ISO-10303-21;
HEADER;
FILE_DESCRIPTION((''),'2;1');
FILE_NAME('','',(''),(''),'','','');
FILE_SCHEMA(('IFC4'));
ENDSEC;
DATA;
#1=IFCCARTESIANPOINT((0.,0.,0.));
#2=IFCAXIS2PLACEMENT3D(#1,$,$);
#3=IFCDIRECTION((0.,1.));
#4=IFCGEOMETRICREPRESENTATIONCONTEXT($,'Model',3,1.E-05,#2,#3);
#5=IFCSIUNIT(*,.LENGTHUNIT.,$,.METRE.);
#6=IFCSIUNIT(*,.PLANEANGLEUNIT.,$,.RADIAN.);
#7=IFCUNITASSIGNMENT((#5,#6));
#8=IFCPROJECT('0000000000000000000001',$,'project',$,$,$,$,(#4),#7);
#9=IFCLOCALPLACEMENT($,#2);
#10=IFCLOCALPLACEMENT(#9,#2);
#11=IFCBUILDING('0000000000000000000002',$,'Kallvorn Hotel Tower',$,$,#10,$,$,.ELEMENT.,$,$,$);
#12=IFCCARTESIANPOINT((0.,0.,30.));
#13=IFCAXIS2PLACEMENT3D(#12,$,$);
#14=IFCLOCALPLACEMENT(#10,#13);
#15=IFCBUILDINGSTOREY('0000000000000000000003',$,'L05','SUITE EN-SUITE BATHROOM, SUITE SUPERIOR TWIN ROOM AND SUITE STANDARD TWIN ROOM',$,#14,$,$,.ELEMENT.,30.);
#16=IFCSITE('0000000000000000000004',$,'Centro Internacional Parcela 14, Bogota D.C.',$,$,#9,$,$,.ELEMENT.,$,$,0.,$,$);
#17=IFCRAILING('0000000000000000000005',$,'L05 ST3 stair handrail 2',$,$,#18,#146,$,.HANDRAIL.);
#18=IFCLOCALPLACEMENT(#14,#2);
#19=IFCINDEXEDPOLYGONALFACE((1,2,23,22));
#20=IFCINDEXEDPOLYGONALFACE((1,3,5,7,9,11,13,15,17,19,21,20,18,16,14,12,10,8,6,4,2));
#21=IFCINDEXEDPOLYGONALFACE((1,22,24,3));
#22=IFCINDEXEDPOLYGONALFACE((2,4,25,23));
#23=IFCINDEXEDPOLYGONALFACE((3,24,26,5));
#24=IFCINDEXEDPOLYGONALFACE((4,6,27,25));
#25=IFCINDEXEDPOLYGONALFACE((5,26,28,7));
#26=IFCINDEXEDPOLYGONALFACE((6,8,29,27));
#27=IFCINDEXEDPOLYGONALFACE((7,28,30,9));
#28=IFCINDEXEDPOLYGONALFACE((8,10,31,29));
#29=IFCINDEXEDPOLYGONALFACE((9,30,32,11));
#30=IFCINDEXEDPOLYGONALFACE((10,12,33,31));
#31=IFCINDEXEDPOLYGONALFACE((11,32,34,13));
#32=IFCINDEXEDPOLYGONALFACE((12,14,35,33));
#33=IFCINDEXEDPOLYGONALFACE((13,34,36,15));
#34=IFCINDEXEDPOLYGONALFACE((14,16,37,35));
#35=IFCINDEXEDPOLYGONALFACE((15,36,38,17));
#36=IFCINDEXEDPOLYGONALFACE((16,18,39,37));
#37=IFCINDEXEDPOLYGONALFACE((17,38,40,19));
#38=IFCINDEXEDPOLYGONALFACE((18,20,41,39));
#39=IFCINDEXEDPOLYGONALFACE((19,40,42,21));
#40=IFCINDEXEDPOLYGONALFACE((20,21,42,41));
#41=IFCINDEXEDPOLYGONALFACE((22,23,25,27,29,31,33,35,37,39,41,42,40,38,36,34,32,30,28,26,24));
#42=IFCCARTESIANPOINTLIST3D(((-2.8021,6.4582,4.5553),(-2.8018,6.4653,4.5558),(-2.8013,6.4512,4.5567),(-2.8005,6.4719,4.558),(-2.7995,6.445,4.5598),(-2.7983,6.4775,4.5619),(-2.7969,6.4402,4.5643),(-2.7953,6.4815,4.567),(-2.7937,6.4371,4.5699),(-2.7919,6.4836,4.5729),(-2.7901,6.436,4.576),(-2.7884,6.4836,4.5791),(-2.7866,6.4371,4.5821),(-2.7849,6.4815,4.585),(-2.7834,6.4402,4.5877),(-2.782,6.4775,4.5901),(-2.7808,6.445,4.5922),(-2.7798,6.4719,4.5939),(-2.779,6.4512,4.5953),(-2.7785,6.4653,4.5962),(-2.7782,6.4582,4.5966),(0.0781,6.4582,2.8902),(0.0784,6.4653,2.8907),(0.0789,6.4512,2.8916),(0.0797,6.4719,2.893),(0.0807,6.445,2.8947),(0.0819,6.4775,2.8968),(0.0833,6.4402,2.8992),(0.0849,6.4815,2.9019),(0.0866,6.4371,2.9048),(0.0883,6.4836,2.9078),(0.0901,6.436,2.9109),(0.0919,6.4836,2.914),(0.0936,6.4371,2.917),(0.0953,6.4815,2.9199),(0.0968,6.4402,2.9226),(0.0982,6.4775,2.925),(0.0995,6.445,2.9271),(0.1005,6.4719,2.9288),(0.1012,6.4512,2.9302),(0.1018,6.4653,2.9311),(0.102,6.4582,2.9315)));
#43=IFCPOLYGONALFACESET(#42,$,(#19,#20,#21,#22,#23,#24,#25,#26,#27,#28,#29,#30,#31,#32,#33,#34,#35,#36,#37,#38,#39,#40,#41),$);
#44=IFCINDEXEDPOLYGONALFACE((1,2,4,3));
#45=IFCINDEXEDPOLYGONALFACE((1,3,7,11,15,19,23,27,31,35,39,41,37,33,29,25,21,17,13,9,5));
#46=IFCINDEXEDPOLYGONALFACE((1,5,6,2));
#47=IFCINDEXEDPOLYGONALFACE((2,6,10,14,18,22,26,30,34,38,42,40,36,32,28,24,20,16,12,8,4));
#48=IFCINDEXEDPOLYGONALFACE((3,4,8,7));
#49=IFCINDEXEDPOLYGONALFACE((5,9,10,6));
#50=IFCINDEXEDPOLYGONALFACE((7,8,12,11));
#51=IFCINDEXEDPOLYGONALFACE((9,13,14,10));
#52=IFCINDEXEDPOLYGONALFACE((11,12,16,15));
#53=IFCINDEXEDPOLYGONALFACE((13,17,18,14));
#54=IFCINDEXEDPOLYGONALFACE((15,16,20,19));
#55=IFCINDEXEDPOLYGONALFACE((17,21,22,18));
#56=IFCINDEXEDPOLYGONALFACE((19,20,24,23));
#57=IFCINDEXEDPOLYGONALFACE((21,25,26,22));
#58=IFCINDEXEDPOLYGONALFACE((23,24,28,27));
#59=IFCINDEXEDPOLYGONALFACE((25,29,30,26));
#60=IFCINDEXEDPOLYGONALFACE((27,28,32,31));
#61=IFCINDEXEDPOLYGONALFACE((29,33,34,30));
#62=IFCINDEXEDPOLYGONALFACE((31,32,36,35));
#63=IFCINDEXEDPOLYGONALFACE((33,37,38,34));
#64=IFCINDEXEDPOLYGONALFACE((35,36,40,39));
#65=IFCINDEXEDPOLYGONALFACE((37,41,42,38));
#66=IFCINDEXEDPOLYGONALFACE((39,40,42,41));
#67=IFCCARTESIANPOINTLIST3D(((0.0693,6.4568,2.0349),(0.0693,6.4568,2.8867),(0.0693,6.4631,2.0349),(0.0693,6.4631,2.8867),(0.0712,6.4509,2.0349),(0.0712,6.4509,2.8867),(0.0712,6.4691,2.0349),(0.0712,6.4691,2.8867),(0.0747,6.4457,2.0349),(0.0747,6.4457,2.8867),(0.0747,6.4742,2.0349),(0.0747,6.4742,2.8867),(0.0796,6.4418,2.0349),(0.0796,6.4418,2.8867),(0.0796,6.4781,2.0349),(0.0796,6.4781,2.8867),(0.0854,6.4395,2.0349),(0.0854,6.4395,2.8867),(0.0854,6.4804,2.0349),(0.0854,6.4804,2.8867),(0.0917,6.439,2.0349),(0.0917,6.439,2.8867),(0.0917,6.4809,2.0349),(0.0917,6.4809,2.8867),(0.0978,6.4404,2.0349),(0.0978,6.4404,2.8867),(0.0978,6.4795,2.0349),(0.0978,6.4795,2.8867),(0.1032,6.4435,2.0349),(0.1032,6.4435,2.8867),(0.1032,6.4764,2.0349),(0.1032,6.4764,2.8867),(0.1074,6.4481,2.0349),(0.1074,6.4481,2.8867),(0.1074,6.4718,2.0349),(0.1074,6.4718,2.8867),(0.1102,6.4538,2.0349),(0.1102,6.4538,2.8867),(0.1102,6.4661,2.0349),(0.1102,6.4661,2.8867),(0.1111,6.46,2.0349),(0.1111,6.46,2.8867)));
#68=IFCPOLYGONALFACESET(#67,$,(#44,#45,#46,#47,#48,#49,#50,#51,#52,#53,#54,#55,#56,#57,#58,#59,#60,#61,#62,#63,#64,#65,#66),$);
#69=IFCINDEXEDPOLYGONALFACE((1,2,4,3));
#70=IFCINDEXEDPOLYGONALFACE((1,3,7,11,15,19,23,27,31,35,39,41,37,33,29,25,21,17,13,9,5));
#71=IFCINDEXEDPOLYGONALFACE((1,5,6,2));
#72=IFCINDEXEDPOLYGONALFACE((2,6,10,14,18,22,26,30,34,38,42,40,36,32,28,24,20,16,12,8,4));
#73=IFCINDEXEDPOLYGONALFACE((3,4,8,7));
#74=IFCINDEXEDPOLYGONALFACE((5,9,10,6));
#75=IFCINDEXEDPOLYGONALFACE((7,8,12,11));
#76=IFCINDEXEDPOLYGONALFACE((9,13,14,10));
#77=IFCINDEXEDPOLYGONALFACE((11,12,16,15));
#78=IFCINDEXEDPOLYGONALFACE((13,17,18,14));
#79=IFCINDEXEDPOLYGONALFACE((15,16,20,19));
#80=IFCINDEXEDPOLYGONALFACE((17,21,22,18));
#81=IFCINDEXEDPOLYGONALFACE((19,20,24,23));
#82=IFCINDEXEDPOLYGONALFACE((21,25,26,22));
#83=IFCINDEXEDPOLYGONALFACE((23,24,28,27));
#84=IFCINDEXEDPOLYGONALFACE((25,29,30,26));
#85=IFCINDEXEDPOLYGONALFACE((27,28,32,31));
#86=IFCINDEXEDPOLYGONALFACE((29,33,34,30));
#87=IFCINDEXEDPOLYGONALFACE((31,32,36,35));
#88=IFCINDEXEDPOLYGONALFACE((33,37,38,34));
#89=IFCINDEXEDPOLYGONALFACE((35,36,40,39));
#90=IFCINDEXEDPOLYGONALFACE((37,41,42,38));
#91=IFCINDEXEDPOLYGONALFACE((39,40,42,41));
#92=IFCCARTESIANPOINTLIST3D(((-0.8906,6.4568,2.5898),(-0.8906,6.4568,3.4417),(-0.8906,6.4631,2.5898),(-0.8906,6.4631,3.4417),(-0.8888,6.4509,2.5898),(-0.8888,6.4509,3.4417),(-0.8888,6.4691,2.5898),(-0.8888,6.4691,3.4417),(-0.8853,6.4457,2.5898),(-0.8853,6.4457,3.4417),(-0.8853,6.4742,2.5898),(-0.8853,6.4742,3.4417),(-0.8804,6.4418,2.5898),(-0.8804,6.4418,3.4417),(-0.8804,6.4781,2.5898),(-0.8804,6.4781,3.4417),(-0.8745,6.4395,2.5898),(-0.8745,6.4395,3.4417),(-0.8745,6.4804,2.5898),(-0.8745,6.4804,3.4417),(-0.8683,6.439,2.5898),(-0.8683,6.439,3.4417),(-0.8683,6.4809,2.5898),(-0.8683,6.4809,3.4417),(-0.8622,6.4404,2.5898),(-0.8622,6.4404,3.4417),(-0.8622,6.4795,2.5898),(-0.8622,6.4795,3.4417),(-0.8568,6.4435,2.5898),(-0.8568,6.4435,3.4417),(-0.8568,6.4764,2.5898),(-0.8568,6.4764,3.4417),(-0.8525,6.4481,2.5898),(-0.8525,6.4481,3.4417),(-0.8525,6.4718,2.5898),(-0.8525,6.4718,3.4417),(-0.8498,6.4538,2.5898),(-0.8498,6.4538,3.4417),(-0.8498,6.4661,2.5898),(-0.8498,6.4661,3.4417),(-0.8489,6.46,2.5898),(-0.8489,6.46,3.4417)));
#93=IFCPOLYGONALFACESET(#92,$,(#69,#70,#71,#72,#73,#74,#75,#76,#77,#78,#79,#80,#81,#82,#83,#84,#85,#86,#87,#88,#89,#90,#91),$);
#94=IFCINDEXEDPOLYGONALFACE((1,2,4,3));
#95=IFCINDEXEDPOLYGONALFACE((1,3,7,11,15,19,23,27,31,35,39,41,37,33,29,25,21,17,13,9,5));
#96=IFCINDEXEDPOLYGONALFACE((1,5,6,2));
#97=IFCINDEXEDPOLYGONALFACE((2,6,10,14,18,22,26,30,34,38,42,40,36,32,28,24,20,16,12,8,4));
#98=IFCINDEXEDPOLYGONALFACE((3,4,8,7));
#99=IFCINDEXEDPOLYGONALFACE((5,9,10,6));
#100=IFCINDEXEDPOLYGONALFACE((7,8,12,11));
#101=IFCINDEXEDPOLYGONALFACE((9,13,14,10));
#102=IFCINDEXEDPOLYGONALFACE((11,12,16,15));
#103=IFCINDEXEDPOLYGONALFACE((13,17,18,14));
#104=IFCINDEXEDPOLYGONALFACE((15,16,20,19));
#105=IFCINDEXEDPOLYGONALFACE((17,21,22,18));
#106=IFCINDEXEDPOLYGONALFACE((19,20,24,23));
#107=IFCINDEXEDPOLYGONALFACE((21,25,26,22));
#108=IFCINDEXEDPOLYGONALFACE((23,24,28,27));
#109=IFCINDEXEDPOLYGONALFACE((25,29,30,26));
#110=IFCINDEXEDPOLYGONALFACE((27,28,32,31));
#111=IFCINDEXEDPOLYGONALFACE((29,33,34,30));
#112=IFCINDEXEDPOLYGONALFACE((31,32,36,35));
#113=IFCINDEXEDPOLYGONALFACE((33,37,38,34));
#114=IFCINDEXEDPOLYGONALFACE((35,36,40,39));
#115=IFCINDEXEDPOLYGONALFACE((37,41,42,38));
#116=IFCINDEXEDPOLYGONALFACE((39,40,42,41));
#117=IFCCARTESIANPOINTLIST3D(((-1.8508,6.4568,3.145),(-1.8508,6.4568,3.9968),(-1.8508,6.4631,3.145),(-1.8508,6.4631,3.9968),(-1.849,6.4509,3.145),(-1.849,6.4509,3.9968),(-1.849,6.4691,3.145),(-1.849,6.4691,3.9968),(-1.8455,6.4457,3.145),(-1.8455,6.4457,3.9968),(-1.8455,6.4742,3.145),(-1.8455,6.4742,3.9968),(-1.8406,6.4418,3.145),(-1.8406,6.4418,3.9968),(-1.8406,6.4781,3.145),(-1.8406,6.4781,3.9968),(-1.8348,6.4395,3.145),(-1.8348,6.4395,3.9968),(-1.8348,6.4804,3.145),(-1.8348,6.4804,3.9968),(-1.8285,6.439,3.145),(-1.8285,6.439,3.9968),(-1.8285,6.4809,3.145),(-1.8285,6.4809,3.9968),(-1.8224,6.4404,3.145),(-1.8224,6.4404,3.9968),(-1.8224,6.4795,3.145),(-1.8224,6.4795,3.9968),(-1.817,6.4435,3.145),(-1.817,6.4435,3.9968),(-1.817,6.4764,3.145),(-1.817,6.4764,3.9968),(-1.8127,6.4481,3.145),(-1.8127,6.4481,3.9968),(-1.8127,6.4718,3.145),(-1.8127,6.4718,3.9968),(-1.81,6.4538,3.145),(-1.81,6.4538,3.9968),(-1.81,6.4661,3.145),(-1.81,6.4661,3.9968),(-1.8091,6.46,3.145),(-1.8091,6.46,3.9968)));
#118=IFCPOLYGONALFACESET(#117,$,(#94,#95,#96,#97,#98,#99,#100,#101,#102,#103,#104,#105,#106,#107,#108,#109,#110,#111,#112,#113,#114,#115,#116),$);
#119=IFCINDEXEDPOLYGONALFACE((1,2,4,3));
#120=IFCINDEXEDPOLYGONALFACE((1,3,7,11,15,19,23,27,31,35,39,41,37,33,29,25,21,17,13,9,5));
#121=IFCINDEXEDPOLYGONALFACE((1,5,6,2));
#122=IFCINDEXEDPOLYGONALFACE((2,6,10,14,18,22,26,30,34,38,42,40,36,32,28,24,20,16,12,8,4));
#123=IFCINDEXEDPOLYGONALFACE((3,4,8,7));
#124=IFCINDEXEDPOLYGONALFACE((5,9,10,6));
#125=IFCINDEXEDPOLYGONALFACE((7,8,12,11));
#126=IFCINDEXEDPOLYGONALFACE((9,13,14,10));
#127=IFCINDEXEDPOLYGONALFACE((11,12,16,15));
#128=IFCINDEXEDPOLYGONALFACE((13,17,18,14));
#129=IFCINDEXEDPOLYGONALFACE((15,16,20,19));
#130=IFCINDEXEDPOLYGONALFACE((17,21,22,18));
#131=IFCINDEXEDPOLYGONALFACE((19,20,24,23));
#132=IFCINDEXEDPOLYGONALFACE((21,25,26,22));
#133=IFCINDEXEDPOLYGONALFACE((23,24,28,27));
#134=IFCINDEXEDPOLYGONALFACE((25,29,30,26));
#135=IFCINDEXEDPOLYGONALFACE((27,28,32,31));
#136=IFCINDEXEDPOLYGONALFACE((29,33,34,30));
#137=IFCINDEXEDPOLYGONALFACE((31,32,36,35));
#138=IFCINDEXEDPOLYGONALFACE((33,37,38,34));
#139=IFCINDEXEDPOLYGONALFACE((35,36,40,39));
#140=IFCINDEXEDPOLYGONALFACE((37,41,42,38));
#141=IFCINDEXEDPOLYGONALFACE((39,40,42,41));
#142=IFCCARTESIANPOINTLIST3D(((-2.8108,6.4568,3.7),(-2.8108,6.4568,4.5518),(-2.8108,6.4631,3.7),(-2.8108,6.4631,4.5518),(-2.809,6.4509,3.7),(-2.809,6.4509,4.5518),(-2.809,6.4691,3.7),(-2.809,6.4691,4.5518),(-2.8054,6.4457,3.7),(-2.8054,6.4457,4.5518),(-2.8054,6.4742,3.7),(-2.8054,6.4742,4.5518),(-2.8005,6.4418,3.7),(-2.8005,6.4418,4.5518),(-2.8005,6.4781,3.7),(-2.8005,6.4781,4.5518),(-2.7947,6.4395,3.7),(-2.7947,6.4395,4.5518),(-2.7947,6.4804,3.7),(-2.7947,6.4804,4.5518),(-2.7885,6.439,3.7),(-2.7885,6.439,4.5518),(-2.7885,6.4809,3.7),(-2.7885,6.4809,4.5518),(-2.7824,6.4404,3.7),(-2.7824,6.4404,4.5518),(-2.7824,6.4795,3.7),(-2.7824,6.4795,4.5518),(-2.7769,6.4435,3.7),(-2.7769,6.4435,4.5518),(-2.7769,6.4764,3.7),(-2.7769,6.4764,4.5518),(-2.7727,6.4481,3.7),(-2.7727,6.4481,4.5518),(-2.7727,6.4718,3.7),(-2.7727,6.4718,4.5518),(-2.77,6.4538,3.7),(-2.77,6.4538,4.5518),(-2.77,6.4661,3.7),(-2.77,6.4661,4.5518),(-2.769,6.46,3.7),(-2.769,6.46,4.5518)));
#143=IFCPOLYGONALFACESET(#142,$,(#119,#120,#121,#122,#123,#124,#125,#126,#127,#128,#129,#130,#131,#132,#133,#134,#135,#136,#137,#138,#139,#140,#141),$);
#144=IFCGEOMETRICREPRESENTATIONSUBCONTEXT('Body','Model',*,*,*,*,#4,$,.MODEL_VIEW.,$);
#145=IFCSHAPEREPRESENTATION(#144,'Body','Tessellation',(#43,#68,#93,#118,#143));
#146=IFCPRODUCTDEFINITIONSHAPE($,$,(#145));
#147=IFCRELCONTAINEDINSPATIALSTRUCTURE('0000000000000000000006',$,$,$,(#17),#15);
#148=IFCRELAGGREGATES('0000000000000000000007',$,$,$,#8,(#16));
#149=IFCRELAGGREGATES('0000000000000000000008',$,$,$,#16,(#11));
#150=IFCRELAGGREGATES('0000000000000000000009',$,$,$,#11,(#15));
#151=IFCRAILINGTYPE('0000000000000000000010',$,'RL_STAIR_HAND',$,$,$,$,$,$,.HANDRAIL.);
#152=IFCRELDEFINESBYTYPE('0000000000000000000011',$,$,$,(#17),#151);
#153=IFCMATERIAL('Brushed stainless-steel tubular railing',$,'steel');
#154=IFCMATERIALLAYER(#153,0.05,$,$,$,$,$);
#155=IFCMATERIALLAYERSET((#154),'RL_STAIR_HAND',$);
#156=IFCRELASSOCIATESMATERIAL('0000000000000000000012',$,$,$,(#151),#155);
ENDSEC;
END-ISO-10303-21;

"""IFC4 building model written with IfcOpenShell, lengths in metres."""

from ifc_helpers import new_model, si_unit, direction, frame, origin, origin_2d, place, context, subcontext, project, spatial, circle, extrude, material, layer, layer_set, type_object, element, save


model = new_model("IFC4")

# Units and contexts
model_context = context("Model", 3, precision=1e-05, world=origin(), true_north=direction((0.0, 1.0)))
body_context = subcontext(model_context, "Body", "Model", "MODEL_VIEW")
ifc_project = project(units=[si_unit("LENGTHUNIT", "METRE"), si_unit("PLANEANGLEUNIT", "RADIAN")], contexts=[model_context])

# Site, building, storey
site_placement = place(None, origin())
site = spatial("IfcSite", under=ifc_project, at=site_placement, Name="Centro Internacional Parcela 14, Bogota D.C.", CompositionType="ELEMENT", RefElevation=0.0)
building_placement = place(site_placement, origin())
building = spatial("IfcBuilding", under=site, at=building_placement, Name="Kallvorn Hotel Tower", CompositionType="ELEMENT")
storey_placement = place(building_placement, frame((0.0, 0.0, 30.0)))
storey = spatial("IfcBuildingStorey", under=building, at=storey_placement, Name="L05", Description="SUITE EN-SUITE BATHROOM, SUITE SUPERIOR TWIN ROOM AND SUITE STANDARD TWIN ROOM", CompositionType="ELEMENT", Elevation=30.0)

# Railing
ifc_material_1 = material(Name="Brushed stainless-steel tubular railing", Category="steel")
ifc_layer_1 = layer(ifc_material_1, 0.05)
ifc_layer_set_1 = layer_set([ifc_layer_1], Name="RL_STAIR_HAND")
railing_type_1 = type_object("IfcRailingType", Name="RL_STAIR_HAND", PredefinedType="HANDRAIL", material=ifc_layer_set_1)
railing_1_placement = place(storey_placement, frame((0.0901, 6.46, 2.0349)))
element("IfcRailing", 1, at=railing_1_placement, inside=storey, type_object=railing_type_1, Name="L05 ST3 stair handrail 2", PredefinedType="HANDRAIL", context=body_context, shape_type="SweptSolid", body=[
    extrude(circle(Radius=0.0239, at=origin_2d()), frame((0.0, 0.0, 0.876), z_axis=(-0.865739, 0.0, 0.500495), x_axis=(0.0, -1.0, 0.0)), (0.0, 0.0, 1.0), 3.3269),
    extrude(circle(Radius=0.021, at=origin_2d()), origin(), (0.0, 0.0, 1.0), 0.8518),
    extrude(circle(Radius=0.021, at=origin_2d()), frame((-0.96, 0.0, 0.5549)), (0.0, 0.0, 1.0), 0.8518),
    extrude(circle(Radius=0.021, at=origin_2d()), frame((-1.9202, 0.0, 1.1101)), (0.0, 0.0, 1.0), 0.8518),
    extrude(circle(Radius=0.021, at=origin_2d()), frame((-2.8801, 0.0, 1.665)), (0.0, 0.0, 1.0), 0.8518),
])

save(model, "model.ifc")
